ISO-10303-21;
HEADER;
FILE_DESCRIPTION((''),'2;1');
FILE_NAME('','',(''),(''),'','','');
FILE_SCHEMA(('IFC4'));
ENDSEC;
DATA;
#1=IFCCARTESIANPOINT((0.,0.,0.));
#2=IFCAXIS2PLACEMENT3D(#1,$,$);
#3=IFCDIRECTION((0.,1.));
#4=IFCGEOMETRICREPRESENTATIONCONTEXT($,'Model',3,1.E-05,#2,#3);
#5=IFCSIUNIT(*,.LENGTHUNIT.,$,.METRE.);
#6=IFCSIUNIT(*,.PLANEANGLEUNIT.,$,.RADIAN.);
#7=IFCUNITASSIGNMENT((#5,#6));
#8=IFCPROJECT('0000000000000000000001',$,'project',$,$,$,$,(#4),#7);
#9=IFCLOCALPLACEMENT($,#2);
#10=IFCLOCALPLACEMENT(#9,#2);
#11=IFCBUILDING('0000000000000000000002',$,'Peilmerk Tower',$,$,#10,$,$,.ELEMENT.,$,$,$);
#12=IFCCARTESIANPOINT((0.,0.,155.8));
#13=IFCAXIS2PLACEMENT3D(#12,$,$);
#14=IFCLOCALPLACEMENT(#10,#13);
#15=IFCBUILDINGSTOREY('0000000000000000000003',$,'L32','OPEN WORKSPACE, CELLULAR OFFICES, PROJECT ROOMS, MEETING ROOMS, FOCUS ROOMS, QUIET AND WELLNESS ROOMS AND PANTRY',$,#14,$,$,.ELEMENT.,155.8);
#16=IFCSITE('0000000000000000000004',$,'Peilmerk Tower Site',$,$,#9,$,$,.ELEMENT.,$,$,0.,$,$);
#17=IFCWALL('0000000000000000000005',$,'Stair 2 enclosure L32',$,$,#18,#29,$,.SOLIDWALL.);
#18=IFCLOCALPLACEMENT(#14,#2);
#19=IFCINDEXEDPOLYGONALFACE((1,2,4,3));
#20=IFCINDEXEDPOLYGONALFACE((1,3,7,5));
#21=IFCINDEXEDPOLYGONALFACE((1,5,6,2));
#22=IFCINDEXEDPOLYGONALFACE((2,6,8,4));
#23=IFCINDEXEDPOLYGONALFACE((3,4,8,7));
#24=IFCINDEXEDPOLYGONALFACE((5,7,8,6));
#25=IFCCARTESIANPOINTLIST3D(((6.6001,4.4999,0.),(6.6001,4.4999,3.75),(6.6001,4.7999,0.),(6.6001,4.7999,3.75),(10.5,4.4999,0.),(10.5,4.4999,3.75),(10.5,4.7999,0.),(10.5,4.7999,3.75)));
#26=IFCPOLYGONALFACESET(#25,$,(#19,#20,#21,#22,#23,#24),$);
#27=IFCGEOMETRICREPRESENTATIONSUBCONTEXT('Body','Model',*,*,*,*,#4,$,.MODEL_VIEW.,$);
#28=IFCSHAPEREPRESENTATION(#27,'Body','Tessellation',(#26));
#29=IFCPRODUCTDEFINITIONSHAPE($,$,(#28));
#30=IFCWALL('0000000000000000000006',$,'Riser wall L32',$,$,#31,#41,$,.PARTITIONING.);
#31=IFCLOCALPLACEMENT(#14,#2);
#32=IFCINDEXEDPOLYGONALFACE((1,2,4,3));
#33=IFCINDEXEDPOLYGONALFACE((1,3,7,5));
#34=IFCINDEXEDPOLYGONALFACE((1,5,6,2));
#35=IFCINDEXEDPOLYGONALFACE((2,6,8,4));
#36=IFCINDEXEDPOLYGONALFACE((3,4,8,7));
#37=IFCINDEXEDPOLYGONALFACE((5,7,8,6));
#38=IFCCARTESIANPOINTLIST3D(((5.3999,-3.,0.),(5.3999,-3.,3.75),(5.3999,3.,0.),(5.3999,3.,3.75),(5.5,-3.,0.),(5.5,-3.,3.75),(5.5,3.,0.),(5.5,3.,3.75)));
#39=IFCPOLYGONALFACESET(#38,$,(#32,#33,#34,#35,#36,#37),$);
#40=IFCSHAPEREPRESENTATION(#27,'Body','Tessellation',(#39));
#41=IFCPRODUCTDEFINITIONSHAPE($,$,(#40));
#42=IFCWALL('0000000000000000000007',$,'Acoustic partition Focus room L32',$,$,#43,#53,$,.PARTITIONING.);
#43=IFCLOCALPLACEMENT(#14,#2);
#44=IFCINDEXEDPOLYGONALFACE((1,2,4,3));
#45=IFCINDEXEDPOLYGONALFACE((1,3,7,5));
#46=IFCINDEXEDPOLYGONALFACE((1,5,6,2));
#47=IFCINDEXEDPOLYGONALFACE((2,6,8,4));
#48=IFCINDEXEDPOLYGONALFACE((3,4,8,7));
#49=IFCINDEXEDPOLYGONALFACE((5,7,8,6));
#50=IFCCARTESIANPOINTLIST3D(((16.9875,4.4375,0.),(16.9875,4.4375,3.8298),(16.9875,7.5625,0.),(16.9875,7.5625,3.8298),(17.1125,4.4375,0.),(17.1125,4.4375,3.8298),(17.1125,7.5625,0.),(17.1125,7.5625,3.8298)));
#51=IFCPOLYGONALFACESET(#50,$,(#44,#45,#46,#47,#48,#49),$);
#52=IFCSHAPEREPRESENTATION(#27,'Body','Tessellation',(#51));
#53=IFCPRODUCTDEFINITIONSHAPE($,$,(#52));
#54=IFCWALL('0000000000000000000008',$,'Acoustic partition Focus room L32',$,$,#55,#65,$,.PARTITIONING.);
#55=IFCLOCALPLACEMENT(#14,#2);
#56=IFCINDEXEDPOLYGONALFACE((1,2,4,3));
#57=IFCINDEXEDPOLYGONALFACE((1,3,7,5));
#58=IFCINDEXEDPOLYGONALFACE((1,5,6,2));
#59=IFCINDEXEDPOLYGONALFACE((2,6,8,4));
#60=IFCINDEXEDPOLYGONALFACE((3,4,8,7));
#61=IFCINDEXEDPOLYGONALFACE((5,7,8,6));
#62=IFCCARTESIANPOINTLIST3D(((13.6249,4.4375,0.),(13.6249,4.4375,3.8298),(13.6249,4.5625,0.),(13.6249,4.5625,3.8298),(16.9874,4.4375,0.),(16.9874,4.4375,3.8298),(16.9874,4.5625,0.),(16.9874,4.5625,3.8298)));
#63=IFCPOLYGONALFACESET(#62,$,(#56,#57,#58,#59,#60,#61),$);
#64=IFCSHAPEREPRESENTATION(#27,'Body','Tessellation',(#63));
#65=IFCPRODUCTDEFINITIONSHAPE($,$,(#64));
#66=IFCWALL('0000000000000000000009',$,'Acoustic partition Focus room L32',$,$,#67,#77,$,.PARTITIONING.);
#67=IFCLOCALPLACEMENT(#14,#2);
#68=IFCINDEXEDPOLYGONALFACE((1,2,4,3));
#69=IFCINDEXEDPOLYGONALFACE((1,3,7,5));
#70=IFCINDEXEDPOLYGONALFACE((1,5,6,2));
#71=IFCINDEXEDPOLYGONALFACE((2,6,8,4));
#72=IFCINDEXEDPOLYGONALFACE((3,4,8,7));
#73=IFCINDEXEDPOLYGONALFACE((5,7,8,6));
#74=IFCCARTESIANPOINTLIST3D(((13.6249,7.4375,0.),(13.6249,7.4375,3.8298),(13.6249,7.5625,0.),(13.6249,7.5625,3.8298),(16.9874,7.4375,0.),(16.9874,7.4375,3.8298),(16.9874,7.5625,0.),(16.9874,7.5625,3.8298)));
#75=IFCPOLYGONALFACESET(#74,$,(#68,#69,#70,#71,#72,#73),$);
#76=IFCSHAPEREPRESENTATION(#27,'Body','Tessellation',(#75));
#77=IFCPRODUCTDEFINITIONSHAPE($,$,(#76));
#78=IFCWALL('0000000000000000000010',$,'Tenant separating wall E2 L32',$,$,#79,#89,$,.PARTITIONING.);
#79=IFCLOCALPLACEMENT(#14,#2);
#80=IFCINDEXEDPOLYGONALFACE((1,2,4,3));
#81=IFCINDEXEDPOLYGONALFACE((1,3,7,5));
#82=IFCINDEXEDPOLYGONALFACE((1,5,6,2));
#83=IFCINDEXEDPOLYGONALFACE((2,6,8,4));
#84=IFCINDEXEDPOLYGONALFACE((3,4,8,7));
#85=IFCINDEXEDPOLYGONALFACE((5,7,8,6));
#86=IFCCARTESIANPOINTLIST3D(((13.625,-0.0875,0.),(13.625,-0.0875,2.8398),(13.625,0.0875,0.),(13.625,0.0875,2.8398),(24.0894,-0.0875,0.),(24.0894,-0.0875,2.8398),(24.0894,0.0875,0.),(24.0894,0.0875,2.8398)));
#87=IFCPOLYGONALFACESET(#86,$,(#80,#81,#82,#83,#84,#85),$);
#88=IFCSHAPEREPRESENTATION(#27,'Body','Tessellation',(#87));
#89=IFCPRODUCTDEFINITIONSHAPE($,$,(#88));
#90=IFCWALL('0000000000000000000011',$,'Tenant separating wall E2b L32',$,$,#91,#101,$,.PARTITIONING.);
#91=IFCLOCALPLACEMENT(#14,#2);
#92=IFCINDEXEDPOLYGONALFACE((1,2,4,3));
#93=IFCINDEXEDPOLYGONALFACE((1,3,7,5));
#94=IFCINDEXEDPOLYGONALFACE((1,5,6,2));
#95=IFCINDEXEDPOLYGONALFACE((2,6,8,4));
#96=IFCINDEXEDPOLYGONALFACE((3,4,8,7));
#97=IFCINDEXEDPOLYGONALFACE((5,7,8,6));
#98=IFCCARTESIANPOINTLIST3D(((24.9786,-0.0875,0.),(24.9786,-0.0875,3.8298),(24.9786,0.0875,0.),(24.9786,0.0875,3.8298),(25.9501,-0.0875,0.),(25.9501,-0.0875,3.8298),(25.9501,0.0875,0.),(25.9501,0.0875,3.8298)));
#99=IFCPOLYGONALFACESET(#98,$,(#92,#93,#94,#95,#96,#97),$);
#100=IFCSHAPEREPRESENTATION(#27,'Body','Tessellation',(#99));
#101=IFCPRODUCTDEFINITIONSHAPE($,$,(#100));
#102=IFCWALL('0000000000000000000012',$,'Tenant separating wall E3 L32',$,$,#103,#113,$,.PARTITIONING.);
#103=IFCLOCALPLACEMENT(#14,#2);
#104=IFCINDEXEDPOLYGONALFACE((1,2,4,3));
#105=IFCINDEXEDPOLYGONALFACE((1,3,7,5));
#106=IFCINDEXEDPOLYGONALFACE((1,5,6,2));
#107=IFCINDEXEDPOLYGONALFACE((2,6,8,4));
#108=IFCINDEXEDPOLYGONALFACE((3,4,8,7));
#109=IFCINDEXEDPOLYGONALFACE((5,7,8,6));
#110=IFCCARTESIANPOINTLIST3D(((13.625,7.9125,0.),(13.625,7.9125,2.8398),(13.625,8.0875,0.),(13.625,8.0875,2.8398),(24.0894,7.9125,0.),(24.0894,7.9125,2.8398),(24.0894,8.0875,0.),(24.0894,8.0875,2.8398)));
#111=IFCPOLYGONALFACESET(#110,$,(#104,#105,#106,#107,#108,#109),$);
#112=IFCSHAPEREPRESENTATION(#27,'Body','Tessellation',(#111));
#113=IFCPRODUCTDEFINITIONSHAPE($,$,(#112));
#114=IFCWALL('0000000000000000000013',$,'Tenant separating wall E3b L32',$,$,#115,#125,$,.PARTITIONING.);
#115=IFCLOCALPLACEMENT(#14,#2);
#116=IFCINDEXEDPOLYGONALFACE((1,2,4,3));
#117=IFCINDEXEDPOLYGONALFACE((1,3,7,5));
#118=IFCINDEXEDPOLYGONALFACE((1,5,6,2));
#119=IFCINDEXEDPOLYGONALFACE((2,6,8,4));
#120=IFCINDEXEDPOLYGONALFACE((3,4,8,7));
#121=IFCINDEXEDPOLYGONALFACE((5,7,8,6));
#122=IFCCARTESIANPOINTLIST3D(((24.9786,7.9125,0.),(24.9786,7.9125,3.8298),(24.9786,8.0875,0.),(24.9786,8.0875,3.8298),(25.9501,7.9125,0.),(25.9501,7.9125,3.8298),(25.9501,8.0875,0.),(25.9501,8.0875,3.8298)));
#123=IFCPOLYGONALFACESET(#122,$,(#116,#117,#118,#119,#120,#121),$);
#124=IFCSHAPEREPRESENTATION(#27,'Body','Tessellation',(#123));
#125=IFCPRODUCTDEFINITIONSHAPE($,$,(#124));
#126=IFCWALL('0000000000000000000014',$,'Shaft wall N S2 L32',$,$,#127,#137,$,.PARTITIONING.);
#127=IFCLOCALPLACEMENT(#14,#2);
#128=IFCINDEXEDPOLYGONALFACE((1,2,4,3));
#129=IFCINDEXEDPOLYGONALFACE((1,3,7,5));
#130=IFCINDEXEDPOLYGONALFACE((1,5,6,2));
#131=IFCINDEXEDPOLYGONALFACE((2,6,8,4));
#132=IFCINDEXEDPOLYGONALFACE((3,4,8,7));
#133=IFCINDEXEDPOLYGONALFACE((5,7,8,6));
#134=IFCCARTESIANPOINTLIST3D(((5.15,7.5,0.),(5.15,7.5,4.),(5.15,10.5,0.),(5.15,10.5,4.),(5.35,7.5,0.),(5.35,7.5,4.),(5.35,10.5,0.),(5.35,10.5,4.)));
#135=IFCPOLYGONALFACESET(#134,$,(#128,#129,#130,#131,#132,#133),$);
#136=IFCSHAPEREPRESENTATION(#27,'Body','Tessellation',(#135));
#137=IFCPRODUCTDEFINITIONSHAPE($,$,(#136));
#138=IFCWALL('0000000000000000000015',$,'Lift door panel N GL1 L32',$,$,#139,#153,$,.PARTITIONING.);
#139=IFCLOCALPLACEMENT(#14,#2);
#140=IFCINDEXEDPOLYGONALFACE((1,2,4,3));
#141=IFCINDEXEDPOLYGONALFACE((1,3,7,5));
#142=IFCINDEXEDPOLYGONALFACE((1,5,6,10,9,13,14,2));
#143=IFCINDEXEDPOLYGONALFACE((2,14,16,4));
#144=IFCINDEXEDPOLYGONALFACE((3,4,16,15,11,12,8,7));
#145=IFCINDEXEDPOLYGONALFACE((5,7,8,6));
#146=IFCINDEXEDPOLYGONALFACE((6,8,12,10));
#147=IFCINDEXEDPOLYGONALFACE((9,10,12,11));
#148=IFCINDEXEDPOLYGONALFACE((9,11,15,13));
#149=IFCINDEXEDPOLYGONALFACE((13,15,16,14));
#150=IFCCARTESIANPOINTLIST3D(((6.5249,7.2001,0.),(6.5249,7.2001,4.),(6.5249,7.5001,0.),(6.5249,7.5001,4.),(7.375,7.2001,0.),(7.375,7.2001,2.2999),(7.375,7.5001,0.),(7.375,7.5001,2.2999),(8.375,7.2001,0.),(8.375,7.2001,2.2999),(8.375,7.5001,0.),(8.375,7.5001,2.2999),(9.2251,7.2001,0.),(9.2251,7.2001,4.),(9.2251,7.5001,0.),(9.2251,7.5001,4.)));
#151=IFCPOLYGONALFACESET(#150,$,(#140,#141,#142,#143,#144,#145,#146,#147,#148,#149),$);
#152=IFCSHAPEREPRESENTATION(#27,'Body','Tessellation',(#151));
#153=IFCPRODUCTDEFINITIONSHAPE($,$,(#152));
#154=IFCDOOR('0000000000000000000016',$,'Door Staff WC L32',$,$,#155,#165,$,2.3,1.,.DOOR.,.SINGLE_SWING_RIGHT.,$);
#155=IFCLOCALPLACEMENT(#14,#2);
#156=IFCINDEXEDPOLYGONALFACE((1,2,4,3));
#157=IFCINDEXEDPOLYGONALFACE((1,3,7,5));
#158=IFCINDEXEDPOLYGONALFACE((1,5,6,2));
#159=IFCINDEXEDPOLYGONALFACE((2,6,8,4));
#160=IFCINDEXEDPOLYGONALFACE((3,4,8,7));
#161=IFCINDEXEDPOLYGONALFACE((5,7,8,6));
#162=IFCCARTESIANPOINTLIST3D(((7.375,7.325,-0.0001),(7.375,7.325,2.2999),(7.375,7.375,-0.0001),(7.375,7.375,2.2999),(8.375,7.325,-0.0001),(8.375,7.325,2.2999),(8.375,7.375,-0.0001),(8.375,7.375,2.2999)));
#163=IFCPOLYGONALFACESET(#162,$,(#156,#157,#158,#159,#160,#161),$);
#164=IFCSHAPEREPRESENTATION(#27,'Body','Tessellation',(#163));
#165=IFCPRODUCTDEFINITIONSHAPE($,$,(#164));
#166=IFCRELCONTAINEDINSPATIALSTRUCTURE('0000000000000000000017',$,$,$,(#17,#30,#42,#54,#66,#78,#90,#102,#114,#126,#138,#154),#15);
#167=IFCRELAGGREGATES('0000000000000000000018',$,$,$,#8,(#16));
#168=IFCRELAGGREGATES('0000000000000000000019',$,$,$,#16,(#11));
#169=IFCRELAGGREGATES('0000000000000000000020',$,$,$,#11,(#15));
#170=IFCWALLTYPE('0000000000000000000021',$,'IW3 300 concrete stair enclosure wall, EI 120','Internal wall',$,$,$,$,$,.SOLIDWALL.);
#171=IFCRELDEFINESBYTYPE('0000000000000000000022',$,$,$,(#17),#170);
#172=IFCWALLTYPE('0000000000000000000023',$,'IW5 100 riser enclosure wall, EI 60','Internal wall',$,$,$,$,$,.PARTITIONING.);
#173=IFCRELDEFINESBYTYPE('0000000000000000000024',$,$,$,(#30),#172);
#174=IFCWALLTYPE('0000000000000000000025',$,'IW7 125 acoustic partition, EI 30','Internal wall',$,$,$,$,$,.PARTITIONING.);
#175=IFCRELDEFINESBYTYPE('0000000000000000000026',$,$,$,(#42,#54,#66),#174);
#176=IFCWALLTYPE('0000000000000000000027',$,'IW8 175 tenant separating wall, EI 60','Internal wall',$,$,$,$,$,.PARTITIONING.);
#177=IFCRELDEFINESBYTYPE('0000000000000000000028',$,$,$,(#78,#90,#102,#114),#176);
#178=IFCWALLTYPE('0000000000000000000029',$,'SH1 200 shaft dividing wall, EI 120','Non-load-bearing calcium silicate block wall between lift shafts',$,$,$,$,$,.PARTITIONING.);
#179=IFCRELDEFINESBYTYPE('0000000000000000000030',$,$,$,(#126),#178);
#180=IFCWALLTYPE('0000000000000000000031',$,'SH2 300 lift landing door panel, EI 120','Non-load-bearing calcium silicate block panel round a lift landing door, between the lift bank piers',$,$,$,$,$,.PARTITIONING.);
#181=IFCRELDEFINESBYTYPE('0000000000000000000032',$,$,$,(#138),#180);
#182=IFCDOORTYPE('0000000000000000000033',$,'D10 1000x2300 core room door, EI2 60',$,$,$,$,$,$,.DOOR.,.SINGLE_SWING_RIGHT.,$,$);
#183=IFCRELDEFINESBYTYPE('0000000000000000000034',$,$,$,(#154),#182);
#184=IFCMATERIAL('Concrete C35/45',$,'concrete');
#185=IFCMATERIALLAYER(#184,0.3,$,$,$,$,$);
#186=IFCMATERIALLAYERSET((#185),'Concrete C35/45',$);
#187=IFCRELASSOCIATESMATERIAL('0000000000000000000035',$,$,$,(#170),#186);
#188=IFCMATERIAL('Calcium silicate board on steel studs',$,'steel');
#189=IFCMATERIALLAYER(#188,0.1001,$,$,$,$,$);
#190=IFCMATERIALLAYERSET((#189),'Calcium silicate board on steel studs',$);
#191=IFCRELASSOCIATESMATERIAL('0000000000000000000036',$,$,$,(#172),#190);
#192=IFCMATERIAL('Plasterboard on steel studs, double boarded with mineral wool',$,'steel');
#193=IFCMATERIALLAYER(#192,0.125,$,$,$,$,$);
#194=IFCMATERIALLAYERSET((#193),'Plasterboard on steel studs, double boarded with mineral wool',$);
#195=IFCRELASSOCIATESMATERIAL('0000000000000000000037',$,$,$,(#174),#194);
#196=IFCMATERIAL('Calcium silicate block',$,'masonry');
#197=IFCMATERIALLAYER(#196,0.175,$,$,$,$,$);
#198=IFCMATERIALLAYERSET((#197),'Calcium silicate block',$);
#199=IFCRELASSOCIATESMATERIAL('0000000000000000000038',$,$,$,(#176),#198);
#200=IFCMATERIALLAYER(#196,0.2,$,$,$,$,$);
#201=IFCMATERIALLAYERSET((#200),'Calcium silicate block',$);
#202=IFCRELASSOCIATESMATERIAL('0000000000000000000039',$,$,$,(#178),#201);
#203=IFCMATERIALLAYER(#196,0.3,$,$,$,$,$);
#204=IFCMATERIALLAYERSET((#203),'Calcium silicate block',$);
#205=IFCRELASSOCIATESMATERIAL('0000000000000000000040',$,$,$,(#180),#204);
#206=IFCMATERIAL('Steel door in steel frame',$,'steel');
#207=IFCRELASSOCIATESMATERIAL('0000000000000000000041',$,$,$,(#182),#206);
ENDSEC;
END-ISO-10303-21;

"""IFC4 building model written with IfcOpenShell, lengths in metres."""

from ifc_helpers import new_model, si_unit, direction, frame, frame_2d, origin, place, context, subcontext, project, spatial, rectangle, extrude, material, layer, layer_set, type_object, element, fill, save


model = new_model("IFC4")

# Units and contexts
model_context = context("Model", 3, precision=1e-05, world=origin(), true_north=direction((0.0, 1.0)))
body_context = subcontext(model_context, "Body", "Model", "MODEL_VIEW")
ifc_project = project(units=[si_unit("LENGTHUNIT", "METRE"), si_unit("PLANEANGLEUNIT", "RADIAN")], contexts=[model_context])

# Site, building, storey
site_placement = place(None, origin())
site = spatial("IfcSite", under=ifc_project, at=site_placement, Name="Peilmerk Tower Site", CompositionType="ELEMENT", RefElevation=0.0)
building_placement = place(site_placement, origin())
building = spatial("IfcBuilding", under=site, at=building_placement, Name="Peilmerk Tower", CompositionType="ELEMENT")
storey_placement = place(building_placement, frame((0.0, 0.0, 155.8)))
storey = spatial("IfcBuildingStorey", under=building, at=storey_placement, Name="L32", Description="OPEN WORKSPACE, CELLULAR OFFICES, PROJECT ROOMS, MEETING ROOMS, FOCUS ROOMS, QUIET AND WELLNESS ROOMS AND PANTRY", CompositionType="ELEMENT", Elevation=155.8)

# Walls
ifc_material_1 = material(Name="Concrete C35/45", Category="concrete")
ifc_layer_1 = layer(ifc_material_1, 0.3)
ifc_layer_set_1 = layer_set([ifc_layer_1], Name="Concrete C35/45")
wall_type_1 = type_object("IfcWallType", Name="IW3 300 concrete stair enclosure wall, EI 120", Description="Internal wall", PredefinedType="SOLIDWALL", material=ifc_layer_set_1)
wall_1_placement = place(storey_placement, frame((6.6001, 4.6499, 0.0), z_axis=(0.0, 0.0, 1.0), x_axis=(1.0, 0.0, 0.0)))
element("IfcWall", 1, at=wall_1_placement, inside=storey, type_object=wall_type_1, Name="Stair 2 enclosure L32", PredefinedType="SOLIDWALL", context=body_context, shape_type="SweptSolid", body=[
    extrude(rectangle(XDim=3.8999, YDim=0.3, at=frame_2d((1.95, 0.0))), origin(), (0.0, 0.0, 1.0), 3.75),
])
ifc_material_2 = material(Name="Calcium silicate board on steel studs", Category="steel")
ifc_layer_2 = layer(ifc_material_2, 0.1001)
ifc_layer_set_2 = layer_set([ifc_layer_2], Name="Calcium silicate board on steel studs")
wall_type_2 = type_object("IfcWallType", Name="IW5 100 riser enclosure wall, EI 60", Description="Internal wall", PredefinedType="PARTITIONING", material=ifc_layer_set_2)
wall_2_placement = place(storey_placement, frame((5.45, 3.0, 0.0), z_axis=(0.0, 0.0, 1.0), x_axis=(0.0, -1.0, 0.0)))
element("IfcWall", 2, at=wall_2_placement, inside=storey, type_object=wall_type_2, Name="Riser wall L32", PredefinedType="PARTITIONING", context=body_context, shape_type="SweptSolid", body=[
    extrude(rectangle(XDim=6.0, YDim=0.1001, at=frame_2d((3.0, 0.0))), origin(), (0.0, 0.0, 1.0), 3.75),
])
ifc_material_3 = material(Name="Plasterboard on steel studs, double boarded with mineral wool", Category="steel")
ifc_layer_3 = layer(ifc_material_3, 0.125)
ifc_layer_set_3 = layer_set([ifc_layer_3], Name="Plasterboard on steel studs, double boarded with mineral wool")
wall_type_3 = type_object("IfcWallType", Name="IW7 125 acoustic partition, EI 30", Description="Internal wall", PredefinedType="PARTITIONING", material=ifc_layer_set_3)
wall_3_placement = place(storey_placement, frame((17.05, 4.4375, 0.0), z_axis=(0.0, 0.0, 1.0), x_axis=(0.0, 1.0, 0.0)))
element("IfcWall", 3, at=wall_3_placement, inside=storey, type_object=wall_type_3, Name="Acoustic partition Focus room L32", PredefinedType="PARTITIONING", context=body_context, shape_type="SweptSolid", body=[
    extrude(rectangle(XDim=3.125, YDim=0.125, at=frame_2d((1.5625, 0.0))), origin(), (0.0, 0.0, 1.0), 3.8298),
])
for number, where, z_axis, x_axis, name in (
    (4, (13.625, 4.5, 0.0), (0.0, 0.0, 1.0), (1.0, 0.0, 0.0), "Acoustic partition Focus room L32"),
    (5, (13.625, 7.5, 0.0), (0.0, 0.0, 1.0), (1.0, 0.0, 0.0), "Acoustic partition Focus room L32"),
):
    element("IfcWall", number, at=place(storey_placement, frame(where, z_axis=z_axis, x_axis=x_axis)), inside=storey, type_object=wall_type_3, Name=name, PredefinedType="PARTITIONING", context=body_context, shape_type="SweptSolid", body=[
        extrude(rectangle(XDim=3.3625, YDim=0.125, at=frame_2d((1.6812, 0.0))), origin(), (0.0, 0.0, 1.0), 3.8298),
    ])
ifc_material_4 = material(Name="Calcium silicate block", Category="masonry")
ifc_layer_4 = layer(ifc_material_4, 0.175)
ifc_layer_set_4 = layer_set([ifc_layer_4], Name="Calcium silicate block")
wall_type_4 = type_object("IfcWallType", Name="IW8 175 tenant separating wall, EI 60", Description="Internal wall", PredefinedType="PARTITIONING", material=ifc_layer_set_4)
wall_4_placement = place(storey_placement, frame((13.625, 0.0, 0.0), z_axis=(0.0, 0.0, 1.0), x_axis=(1.0, 0.0, 0.0)))
element("IfcWall", 6, at=wall_4_placement, inside=storey, type_object=wall_type_4, Name="Tenant separating wall E2 L32", PredefinedType="PARTITIONING", context=body_context, shape_type="SweptSolid", body=[
    extrude(rectangle(XDim=10.4644, YDim=0.175, at=frame_2d((5.2322, 0.0))), origin(), (0.0, 0.0, 1.0), 2.8398),
])
wall_5_placement = place(storey_placement, frame((24.9785, 0.0, 0.0), z_axis=(0.0, 0.0, 1.0), x_axis=(1.0, 0.0, 0.0)))
element("IfcWall", 7, at=wall_5_placement, inside=storey, type_object=wall_type_4, Name="Tenant separating wall E2b L32", PredefinedType="PARTITIONING", context=body_context, shape_type="SweptSolid", body=[
    extrude(rectangle(XDim=0.9714, YDim=0.175, at=frame_2d((0.4858, 0.0))), origin(), (0.0, 0.0, 1.0), 3.8298),
])
wall_6_placement = place(storey_placement, frame((13.625, 8.0, 0.0), z_axis=(0.0, 0.0, 1.0), x_axis=(1.0, 0.0, 0.0)))
element("IfcWall", 8, at=wall_6_placement, inside=storey, type_object=wall_type_4, Name="Tenant separating wall E3 L32", PredefinedType="PARTITIONING", context=body_context, shape_type="SweptSolid", body=[
    extrude(rectangle(XDim=10.4644, YDim=0.175, at=frame_2d((5.2322, 0.0))), origin(), (0.0, 0.0, 1.0), 2.8398),
])
wall_7_placement = place(storey_placement, frame((24.9785, 8.0, 0.0), z_axis=(0.0, 0.0, 1.0), x_axis=(1.0, 0.0, 0.0)))
element("IfcWall", 9, at=wall_7_placement, inside=storey, type_object=wall_type_4, Name="Tenant separating wall E3b L32", PredefinedType="PARTITIONING", context=body_context, shape_type="SweptSolid", body=[
    extrude(rectangle(XDim=0.9714, YDim=0.175, at=frame_2d((0.4858, 0.0))), origin(), (0.0, 0.0, 1.0), 3.8298),
])
ifc_layer_5 = layer(ifc_material_4, 0.2)
ifc_layer_set_5 = layer_set([ifc_layer_5], Name="Calcium silicate block")
wall_type_5 = type_object("IfcWallType", Name="SH1 200 shaft dividing wall, EI 120", Description="Non-load-bearing calcium silicate block wall between lift shafts", PredefinedType="PARTITIONING", material=ifc_layer_set_5)
wall_8_placement = place(storey_placement, frame((5.25, 7.5, 0.0), z_axis=(0.0, 0.0, 1.0), x_axis=(0.0, 1.0, 0.0)))
element("IfcWall", 10, at=wall_8_placement, inside=storey, type_object=wall_type_5, Name="Shaft wall N S2 L32", PredefinedType="PARTITIONING", context=body_context, shape_type="SweptSolid", body=[
    extrude(rectangle(XDim=3.0, YDim=0.2, at=frame_2d((1.5, 0.0))), origin(), (0.0, 0.0, 1.0), 4.0),
])

# Wall, opening, door
ifc_layer_6 = layer(ifc_material_4, 0.3)
ifc_layer_set_6 = layer_set([ifc_layer_6], Name="Calcium silicate block")
wall_type_6 = type_object("IfcWallType", Name="SH2 300 lift landing door panel, EI 120", Description="Non-load-bearing calcium silicate block panel round a lift landing door, between the lift bank piers", PredefinedType="PARTITIONING", material=ifc_layer_set_6)
wall_9_placement = place(storey_placement, frame((6.5249, 7.3501, 0.0), z_axis=(0.0, 0.0, 1.0), x_axis=(1.0, 0.0, 0.0)))
wall_9 = element("IfcWall", 11, at=wall_9_placement, inside=storey, type_object=wall_type_6, Name="Lift door panel N GL1 L32", PredefinedType="PARTITIONING", context=body_context, shape_type="SweptSolid", body=[
    extrude(rectangle(XDim=2.7002, YDim=0.3, at=frame_2d((1.3501, 0.0))), origin(), (0.0, 0.0, 1.0), 4.0),
])
opening_1_placement = place(wall_9_placement, frame((0.8501, 0.0, 0.0)))
opening_1 = element("IfcOpeningElement", 12, at=opening_1_placement, cuts=wall_9, PredefinedType="OPENING", context=body_context, shape_type="SweptSolid", body=[
    extrude(rectangle(XDim=1.0, YDim=2.3, at=frame_2d((0.5, 1.1499))), frame((0.0, 0.1599, 0.0), z_axis=(0.0, -1.0, 0.0), x_axis=(1.0, 0.0, 0.0)), (0.0, 0.0, 1.0), 0.3201),
])
ifc_material_5 = material(Name="Steel door in steel frame", Category="steel")
door_type_1 = type_object("IfcDoorType", Name="D10 1000x2300 core room door, EI2 60", OperationType="SINGLE_SWING_RIGHT", PredefinedType="DOOR", material=ifc_material_5)
door_1_placement = place(opening_1_placement, origin())
door_1 = element("IfcDoor", 13, at=door_1_placement, inside=storey, type_object=door_type_1, Name="Door Staff WC L32", OperationType="SINGLE_SWING_RIGHT", OverallHeight=2.3, OverallWidth=1.0, PredefinedType="DOOR", context=body_context, shape_type="SweptSolid", body=[
    extrude(rectangle(XDim=1.0, YDim=2.3, at=frame_2d((0.5, 1.1499))), frame((0.0, 0.0249, 0.0), z_axis=(0.0, -1.0, 0.0), x_axis=(1.0, 0.0, 0.0)), (0.0, 0.0, 1.0), 0.05),
])
fill(opening_1, door_1)

save(model, "model.ifc")
